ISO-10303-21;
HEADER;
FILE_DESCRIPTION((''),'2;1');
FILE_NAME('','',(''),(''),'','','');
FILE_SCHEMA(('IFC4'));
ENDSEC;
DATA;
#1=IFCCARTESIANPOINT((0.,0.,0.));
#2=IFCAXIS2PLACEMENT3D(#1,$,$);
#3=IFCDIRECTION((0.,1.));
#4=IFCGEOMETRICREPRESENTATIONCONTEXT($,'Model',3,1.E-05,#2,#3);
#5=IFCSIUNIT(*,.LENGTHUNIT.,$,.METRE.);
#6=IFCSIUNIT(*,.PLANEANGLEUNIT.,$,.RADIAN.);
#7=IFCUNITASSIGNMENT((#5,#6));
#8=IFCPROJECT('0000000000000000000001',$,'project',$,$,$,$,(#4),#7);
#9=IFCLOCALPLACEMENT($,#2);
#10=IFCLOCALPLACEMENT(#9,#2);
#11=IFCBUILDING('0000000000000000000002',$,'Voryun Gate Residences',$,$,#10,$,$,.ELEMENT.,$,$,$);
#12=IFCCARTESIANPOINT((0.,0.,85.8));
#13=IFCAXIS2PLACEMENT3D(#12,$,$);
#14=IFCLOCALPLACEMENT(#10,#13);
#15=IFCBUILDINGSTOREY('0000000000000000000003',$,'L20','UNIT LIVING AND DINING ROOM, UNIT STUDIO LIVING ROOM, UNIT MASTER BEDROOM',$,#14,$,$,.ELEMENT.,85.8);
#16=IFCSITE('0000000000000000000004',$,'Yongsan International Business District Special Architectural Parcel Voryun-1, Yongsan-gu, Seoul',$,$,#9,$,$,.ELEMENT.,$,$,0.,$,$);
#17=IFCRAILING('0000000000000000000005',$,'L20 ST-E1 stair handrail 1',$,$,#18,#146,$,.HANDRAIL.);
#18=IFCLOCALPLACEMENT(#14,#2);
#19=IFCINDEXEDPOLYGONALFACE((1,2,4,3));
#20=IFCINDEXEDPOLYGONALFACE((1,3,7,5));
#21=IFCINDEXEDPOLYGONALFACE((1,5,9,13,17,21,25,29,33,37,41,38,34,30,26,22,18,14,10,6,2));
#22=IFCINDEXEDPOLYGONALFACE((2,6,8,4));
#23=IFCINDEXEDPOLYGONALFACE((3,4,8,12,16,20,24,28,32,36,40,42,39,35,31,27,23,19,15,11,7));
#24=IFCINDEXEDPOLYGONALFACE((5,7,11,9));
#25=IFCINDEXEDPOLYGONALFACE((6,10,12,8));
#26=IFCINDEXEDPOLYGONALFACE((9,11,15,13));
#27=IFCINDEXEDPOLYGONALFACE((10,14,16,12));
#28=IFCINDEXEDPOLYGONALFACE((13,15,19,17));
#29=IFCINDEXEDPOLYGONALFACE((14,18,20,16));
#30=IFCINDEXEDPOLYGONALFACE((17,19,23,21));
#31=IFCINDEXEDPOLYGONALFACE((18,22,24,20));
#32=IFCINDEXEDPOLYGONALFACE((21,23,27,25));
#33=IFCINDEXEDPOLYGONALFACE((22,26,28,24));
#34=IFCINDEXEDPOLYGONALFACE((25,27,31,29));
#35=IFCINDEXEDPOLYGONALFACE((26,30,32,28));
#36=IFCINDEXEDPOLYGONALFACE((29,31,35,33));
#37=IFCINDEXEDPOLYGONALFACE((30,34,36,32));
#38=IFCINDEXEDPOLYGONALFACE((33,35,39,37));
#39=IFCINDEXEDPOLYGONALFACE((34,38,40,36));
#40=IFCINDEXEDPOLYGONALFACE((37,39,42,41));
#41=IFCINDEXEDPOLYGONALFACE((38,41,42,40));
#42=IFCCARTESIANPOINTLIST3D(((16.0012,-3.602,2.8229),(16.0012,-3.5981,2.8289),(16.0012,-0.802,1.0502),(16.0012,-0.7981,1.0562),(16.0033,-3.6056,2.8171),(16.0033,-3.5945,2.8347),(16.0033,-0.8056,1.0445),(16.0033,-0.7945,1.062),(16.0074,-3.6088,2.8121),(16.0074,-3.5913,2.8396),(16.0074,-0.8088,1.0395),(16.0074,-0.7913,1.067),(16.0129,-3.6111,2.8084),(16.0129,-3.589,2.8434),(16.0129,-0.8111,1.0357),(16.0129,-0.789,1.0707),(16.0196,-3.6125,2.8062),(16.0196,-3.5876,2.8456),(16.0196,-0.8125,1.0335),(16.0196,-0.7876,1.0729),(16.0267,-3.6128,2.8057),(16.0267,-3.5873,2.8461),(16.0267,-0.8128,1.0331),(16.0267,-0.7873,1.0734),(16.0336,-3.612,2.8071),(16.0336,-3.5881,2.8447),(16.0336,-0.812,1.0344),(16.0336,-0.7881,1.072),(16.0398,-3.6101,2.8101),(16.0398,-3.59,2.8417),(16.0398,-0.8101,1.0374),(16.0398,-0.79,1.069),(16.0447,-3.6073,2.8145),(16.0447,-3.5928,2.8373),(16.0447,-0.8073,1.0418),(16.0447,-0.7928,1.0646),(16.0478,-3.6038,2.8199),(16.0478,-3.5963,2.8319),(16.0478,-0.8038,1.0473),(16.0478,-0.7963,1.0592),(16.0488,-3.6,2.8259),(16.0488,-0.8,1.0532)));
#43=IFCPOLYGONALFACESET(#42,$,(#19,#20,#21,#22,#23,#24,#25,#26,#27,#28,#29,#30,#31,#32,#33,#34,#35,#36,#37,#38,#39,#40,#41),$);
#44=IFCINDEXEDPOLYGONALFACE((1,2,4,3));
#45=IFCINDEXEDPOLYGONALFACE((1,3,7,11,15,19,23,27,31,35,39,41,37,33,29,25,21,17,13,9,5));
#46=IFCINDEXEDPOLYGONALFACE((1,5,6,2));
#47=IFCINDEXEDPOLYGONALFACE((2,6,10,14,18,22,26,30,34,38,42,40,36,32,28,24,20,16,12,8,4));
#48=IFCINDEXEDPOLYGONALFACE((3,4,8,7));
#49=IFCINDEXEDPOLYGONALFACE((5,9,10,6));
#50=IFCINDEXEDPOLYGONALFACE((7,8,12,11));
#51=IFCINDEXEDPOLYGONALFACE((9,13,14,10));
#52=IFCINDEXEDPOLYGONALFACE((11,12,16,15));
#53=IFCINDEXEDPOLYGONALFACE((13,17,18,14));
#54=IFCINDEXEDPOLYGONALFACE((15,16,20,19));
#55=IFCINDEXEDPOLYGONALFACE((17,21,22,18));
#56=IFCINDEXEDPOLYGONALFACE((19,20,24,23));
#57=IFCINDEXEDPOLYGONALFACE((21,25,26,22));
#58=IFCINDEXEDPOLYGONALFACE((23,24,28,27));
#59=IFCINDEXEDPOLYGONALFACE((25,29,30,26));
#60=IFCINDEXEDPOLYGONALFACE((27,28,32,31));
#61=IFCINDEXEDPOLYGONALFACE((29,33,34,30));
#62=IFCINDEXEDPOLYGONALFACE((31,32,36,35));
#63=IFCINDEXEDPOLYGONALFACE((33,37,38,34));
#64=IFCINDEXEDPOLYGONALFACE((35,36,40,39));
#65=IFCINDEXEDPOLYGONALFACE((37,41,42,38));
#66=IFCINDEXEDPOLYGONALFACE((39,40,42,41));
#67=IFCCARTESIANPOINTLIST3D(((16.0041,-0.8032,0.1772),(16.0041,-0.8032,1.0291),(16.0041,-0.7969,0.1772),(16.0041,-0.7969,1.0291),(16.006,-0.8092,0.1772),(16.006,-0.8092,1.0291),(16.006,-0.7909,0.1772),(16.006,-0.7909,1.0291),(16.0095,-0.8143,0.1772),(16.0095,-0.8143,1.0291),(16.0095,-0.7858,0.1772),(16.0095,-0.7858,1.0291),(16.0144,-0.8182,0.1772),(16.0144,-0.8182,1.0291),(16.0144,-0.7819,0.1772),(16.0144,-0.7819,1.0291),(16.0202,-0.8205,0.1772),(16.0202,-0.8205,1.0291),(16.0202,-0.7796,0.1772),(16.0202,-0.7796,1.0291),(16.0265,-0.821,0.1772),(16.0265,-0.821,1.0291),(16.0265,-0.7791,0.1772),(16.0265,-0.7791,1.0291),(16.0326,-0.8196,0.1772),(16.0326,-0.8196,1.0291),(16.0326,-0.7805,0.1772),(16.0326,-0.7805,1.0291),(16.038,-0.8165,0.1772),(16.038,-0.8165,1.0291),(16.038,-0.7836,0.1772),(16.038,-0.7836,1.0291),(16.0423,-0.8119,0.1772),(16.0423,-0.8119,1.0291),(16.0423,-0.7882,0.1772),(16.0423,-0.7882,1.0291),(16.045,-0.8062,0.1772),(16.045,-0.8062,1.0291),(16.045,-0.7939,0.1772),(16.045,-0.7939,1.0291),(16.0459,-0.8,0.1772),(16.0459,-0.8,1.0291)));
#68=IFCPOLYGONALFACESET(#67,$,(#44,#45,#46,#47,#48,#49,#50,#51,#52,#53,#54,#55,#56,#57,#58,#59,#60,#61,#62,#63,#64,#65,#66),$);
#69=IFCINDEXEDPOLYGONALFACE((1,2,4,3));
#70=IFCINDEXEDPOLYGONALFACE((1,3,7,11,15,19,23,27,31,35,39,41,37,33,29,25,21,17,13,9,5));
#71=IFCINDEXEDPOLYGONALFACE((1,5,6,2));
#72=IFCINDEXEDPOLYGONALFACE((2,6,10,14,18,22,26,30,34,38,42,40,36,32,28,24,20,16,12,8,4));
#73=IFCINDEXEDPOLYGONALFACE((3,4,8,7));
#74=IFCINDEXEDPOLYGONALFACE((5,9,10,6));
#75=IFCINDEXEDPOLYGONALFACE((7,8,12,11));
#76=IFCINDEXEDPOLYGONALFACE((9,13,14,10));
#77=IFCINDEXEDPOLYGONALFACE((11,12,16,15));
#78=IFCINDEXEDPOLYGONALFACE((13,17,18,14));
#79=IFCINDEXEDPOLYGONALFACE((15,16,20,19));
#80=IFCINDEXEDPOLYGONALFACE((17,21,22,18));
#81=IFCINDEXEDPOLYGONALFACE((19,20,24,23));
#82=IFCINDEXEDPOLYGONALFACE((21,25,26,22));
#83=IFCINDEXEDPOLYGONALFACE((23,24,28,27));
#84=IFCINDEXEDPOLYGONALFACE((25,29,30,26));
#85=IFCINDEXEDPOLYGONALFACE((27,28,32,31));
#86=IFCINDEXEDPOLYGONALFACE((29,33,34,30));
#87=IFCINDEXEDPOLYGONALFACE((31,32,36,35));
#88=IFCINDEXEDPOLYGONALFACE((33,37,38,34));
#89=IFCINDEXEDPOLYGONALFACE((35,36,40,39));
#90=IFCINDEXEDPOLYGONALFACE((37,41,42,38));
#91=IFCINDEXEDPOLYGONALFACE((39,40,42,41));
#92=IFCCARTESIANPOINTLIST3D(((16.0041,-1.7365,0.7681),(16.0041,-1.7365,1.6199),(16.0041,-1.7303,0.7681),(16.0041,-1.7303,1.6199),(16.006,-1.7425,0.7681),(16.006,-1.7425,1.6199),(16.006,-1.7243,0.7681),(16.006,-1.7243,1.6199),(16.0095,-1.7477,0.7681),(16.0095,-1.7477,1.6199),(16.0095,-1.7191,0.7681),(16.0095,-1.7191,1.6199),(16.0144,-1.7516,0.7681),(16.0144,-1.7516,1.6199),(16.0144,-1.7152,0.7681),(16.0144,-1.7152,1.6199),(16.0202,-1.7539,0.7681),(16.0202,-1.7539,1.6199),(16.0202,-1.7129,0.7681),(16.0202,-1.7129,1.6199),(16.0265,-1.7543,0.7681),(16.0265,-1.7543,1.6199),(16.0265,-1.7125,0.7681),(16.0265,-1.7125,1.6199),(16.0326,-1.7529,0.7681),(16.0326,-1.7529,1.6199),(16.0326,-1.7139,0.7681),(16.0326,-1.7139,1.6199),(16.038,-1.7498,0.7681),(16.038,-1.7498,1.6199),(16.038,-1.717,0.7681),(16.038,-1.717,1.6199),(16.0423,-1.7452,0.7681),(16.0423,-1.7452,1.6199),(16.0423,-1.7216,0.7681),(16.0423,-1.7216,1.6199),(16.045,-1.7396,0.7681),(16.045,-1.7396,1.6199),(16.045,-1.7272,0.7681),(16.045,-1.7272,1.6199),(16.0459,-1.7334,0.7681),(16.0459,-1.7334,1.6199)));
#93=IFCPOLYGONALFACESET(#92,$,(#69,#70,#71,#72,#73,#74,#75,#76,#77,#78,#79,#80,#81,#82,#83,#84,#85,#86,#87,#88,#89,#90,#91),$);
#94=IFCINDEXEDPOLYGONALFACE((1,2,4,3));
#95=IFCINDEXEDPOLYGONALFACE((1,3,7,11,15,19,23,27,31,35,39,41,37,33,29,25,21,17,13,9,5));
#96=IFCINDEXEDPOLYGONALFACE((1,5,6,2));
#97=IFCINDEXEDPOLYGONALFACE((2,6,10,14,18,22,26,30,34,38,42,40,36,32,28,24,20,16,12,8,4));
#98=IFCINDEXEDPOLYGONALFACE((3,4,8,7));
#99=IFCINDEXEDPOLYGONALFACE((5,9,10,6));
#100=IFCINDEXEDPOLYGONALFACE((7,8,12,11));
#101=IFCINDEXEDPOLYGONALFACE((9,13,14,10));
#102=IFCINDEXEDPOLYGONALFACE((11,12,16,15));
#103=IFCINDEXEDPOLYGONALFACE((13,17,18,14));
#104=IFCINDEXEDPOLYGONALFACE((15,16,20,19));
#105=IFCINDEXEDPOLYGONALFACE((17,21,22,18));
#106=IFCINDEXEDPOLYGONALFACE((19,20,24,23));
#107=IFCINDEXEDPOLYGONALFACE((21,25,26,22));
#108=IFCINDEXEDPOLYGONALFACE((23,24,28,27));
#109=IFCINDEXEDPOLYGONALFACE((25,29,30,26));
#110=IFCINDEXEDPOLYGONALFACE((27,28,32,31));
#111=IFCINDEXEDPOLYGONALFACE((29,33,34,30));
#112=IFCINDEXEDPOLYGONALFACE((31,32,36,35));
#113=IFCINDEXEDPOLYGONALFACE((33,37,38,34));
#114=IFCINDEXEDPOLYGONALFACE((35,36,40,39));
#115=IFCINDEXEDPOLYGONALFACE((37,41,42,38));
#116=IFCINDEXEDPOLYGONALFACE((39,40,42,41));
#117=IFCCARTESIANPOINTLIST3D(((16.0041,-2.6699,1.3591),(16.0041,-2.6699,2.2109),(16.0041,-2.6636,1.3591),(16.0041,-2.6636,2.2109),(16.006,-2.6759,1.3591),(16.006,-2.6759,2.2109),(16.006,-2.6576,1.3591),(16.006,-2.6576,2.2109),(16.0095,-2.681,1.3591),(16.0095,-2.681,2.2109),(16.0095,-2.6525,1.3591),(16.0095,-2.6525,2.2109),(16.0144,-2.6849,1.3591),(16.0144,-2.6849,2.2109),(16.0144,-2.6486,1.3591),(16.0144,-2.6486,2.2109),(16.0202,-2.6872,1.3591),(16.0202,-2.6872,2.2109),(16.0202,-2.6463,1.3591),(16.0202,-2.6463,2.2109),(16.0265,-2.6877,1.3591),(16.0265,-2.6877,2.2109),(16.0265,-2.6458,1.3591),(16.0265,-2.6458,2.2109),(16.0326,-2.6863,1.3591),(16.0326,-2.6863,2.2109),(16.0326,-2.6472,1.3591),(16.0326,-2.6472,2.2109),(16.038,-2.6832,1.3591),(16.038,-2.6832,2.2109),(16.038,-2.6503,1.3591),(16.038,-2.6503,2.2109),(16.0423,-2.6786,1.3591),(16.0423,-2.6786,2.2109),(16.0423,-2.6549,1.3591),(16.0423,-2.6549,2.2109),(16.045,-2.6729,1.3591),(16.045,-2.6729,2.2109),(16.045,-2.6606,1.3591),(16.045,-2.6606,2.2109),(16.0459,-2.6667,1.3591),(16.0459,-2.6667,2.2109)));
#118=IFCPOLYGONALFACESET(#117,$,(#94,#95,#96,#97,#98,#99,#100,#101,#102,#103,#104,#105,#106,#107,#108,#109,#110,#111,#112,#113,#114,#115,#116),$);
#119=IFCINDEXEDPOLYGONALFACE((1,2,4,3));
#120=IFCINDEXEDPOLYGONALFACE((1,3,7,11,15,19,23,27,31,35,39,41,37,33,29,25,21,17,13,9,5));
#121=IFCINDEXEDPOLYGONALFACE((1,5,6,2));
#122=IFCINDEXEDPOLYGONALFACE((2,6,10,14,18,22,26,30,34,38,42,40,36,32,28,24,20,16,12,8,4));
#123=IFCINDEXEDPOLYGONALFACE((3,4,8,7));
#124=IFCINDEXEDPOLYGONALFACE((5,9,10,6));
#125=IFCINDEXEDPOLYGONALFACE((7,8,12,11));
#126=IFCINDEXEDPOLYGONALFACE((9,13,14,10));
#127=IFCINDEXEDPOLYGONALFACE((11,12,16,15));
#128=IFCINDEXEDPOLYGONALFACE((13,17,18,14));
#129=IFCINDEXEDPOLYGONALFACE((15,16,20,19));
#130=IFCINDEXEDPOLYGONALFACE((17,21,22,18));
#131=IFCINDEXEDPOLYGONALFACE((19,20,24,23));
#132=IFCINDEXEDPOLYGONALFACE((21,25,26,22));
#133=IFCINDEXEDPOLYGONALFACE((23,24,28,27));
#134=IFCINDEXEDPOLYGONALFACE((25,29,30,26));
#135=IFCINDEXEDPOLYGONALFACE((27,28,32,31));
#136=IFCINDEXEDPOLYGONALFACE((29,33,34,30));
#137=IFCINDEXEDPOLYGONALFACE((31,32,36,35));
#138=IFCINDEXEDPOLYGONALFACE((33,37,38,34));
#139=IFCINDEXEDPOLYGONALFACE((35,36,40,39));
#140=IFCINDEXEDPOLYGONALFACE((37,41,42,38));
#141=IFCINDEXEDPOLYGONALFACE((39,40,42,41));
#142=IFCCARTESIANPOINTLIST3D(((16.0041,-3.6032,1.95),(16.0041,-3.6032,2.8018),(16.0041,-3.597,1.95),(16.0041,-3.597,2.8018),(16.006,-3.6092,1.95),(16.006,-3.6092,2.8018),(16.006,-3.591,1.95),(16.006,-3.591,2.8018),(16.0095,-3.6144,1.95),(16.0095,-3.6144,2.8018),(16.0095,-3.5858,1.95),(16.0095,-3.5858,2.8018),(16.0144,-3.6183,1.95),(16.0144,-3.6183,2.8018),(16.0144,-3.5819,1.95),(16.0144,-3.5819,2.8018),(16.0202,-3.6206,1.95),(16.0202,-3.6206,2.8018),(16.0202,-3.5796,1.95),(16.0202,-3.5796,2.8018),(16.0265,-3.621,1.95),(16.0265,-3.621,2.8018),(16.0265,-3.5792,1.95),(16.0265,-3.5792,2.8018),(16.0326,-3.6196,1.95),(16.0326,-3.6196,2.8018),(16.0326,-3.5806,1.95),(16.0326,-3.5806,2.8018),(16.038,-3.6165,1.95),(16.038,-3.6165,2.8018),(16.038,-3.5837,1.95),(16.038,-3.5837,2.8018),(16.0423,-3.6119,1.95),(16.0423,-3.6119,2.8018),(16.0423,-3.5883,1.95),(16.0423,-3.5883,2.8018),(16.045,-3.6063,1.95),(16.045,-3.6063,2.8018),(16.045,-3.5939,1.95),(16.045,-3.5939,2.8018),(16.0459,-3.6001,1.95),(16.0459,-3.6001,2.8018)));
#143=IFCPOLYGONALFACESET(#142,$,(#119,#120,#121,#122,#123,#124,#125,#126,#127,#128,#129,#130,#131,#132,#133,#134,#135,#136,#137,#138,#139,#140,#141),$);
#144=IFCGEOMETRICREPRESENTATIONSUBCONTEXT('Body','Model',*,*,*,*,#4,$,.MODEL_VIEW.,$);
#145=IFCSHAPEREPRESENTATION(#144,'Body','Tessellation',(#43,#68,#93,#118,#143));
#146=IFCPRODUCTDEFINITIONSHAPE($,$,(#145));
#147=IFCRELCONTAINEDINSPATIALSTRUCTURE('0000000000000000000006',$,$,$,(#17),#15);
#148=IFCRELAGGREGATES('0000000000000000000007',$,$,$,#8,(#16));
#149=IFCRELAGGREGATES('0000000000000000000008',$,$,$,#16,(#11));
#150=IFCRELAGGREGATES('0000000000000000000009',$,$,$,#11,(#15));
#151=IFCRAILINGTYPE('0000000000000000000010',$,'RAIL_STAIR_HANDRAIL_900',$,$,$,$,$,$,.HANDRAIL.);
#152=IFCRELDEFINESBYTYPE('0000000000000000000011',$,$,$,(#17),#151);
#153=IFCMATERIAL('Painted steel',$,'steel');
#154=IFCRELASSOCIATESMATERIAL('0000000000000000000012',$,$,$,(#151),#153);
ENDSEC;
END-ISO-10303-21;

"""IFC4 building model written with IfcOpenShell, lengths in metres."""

from ifc_helpers import new_model, si_unit, direction, frame, origin, origin_2d, place, context, subcontext, project, spatial, circle, extrude, material, type_object, element, save


model = new_model("IFC4")

# Units and contexts
model_context = context("Model", 3, precision=1e-05, world=origin(), true_north=direction((0.0, 1.0)))
body_context = subcontext(model_context, "Body", "Model", "MODEL_VIEW")
ifc_project = project(units=[si_unit("LENGTHUNIT", "METRE"), si_unit("PLANEANGLEUNIT", "RADIAN")], contexts=[model_context])

# Site, building, storey
site_placement = place(None, origin())
site = spatial("IfcSite", under=ifc_project, at=site_placement, Name="Yongsan International Business District Special Architectural Parcel Voryun-1, Yongsan-gu, Seoul", CompositionType="ELEMENT", RefElevation=0.0)
building_placement = place(site_placement, origin())
building = spatial("IfcBuilding", under=site, at=building_placement, Name="Voryun Gate Residences", CompositionType="ELEMENT")
storey_placement = place(building_placement, frame((0.0, 0.0, 85.8)))
storey = spatial("IfcBuildingStorey", under=building, at=storey_placement, Name="L20", Description="UNIT LIVING AND DINING ROOM, UNIT STUDIO LIVING ROOM, UNIT MASTER BEDROOM", CompositionType="ELEMENT", Elevation=85.8)

# Railing
ifc_material_1 = material(Name="Painted steel", Category="steel")
railing_type_1 = type_object("IfcRailingType", Name="RAIL_STAIR_HANDRAIL_900", PredefinedType="HANDRAIL", material=ifc_material_1)
railing_1_placement = place(storey_placement, frame((16.0249, -0.8, 0.1772)))
element("IfcRailing", 1, at=railing_1_placement, inside=storey, type_object=railing_type_1, Name="L20 ST-E1 stair handrail 1", PredefinedType="HANDRAIL", context=body_context, shape_type="SweptSolid", body=[
    extrude(circle(Radius=0.0239, at=origin_2d()), frame((0.0, 0.0, 0.876), z_axis=(0.0, -0.844909, 0.53491), x_axis=(1.0, 0.0, 0.0)), (0.0, 0.0, 1.0), 3.314),
    extrude(circle(Radius=0.021, at=origin_2d()), origin(), (0.0, 0.0, 1.0), 0.8518),
    extrude(circle(Radius=0.021, at=origin_2d()), frame((0.0, -0.9333, 0.5908)), (0.0, 0.0, 1.0), 0.8518),
    extrude(circle(Radius=0.021, at=origin_2d()), frame((0.0, -1.8667, 1.1819)), (0.0, 0.0, 1.0), 0.8518),
    extrude(circle(Radius=0.021, at=origin_2d()), frame((0.0, -2.8, 1.7727)), (0.0, 0.0, 1.0), 0.8518),
])

save(model, "model.ifc")
